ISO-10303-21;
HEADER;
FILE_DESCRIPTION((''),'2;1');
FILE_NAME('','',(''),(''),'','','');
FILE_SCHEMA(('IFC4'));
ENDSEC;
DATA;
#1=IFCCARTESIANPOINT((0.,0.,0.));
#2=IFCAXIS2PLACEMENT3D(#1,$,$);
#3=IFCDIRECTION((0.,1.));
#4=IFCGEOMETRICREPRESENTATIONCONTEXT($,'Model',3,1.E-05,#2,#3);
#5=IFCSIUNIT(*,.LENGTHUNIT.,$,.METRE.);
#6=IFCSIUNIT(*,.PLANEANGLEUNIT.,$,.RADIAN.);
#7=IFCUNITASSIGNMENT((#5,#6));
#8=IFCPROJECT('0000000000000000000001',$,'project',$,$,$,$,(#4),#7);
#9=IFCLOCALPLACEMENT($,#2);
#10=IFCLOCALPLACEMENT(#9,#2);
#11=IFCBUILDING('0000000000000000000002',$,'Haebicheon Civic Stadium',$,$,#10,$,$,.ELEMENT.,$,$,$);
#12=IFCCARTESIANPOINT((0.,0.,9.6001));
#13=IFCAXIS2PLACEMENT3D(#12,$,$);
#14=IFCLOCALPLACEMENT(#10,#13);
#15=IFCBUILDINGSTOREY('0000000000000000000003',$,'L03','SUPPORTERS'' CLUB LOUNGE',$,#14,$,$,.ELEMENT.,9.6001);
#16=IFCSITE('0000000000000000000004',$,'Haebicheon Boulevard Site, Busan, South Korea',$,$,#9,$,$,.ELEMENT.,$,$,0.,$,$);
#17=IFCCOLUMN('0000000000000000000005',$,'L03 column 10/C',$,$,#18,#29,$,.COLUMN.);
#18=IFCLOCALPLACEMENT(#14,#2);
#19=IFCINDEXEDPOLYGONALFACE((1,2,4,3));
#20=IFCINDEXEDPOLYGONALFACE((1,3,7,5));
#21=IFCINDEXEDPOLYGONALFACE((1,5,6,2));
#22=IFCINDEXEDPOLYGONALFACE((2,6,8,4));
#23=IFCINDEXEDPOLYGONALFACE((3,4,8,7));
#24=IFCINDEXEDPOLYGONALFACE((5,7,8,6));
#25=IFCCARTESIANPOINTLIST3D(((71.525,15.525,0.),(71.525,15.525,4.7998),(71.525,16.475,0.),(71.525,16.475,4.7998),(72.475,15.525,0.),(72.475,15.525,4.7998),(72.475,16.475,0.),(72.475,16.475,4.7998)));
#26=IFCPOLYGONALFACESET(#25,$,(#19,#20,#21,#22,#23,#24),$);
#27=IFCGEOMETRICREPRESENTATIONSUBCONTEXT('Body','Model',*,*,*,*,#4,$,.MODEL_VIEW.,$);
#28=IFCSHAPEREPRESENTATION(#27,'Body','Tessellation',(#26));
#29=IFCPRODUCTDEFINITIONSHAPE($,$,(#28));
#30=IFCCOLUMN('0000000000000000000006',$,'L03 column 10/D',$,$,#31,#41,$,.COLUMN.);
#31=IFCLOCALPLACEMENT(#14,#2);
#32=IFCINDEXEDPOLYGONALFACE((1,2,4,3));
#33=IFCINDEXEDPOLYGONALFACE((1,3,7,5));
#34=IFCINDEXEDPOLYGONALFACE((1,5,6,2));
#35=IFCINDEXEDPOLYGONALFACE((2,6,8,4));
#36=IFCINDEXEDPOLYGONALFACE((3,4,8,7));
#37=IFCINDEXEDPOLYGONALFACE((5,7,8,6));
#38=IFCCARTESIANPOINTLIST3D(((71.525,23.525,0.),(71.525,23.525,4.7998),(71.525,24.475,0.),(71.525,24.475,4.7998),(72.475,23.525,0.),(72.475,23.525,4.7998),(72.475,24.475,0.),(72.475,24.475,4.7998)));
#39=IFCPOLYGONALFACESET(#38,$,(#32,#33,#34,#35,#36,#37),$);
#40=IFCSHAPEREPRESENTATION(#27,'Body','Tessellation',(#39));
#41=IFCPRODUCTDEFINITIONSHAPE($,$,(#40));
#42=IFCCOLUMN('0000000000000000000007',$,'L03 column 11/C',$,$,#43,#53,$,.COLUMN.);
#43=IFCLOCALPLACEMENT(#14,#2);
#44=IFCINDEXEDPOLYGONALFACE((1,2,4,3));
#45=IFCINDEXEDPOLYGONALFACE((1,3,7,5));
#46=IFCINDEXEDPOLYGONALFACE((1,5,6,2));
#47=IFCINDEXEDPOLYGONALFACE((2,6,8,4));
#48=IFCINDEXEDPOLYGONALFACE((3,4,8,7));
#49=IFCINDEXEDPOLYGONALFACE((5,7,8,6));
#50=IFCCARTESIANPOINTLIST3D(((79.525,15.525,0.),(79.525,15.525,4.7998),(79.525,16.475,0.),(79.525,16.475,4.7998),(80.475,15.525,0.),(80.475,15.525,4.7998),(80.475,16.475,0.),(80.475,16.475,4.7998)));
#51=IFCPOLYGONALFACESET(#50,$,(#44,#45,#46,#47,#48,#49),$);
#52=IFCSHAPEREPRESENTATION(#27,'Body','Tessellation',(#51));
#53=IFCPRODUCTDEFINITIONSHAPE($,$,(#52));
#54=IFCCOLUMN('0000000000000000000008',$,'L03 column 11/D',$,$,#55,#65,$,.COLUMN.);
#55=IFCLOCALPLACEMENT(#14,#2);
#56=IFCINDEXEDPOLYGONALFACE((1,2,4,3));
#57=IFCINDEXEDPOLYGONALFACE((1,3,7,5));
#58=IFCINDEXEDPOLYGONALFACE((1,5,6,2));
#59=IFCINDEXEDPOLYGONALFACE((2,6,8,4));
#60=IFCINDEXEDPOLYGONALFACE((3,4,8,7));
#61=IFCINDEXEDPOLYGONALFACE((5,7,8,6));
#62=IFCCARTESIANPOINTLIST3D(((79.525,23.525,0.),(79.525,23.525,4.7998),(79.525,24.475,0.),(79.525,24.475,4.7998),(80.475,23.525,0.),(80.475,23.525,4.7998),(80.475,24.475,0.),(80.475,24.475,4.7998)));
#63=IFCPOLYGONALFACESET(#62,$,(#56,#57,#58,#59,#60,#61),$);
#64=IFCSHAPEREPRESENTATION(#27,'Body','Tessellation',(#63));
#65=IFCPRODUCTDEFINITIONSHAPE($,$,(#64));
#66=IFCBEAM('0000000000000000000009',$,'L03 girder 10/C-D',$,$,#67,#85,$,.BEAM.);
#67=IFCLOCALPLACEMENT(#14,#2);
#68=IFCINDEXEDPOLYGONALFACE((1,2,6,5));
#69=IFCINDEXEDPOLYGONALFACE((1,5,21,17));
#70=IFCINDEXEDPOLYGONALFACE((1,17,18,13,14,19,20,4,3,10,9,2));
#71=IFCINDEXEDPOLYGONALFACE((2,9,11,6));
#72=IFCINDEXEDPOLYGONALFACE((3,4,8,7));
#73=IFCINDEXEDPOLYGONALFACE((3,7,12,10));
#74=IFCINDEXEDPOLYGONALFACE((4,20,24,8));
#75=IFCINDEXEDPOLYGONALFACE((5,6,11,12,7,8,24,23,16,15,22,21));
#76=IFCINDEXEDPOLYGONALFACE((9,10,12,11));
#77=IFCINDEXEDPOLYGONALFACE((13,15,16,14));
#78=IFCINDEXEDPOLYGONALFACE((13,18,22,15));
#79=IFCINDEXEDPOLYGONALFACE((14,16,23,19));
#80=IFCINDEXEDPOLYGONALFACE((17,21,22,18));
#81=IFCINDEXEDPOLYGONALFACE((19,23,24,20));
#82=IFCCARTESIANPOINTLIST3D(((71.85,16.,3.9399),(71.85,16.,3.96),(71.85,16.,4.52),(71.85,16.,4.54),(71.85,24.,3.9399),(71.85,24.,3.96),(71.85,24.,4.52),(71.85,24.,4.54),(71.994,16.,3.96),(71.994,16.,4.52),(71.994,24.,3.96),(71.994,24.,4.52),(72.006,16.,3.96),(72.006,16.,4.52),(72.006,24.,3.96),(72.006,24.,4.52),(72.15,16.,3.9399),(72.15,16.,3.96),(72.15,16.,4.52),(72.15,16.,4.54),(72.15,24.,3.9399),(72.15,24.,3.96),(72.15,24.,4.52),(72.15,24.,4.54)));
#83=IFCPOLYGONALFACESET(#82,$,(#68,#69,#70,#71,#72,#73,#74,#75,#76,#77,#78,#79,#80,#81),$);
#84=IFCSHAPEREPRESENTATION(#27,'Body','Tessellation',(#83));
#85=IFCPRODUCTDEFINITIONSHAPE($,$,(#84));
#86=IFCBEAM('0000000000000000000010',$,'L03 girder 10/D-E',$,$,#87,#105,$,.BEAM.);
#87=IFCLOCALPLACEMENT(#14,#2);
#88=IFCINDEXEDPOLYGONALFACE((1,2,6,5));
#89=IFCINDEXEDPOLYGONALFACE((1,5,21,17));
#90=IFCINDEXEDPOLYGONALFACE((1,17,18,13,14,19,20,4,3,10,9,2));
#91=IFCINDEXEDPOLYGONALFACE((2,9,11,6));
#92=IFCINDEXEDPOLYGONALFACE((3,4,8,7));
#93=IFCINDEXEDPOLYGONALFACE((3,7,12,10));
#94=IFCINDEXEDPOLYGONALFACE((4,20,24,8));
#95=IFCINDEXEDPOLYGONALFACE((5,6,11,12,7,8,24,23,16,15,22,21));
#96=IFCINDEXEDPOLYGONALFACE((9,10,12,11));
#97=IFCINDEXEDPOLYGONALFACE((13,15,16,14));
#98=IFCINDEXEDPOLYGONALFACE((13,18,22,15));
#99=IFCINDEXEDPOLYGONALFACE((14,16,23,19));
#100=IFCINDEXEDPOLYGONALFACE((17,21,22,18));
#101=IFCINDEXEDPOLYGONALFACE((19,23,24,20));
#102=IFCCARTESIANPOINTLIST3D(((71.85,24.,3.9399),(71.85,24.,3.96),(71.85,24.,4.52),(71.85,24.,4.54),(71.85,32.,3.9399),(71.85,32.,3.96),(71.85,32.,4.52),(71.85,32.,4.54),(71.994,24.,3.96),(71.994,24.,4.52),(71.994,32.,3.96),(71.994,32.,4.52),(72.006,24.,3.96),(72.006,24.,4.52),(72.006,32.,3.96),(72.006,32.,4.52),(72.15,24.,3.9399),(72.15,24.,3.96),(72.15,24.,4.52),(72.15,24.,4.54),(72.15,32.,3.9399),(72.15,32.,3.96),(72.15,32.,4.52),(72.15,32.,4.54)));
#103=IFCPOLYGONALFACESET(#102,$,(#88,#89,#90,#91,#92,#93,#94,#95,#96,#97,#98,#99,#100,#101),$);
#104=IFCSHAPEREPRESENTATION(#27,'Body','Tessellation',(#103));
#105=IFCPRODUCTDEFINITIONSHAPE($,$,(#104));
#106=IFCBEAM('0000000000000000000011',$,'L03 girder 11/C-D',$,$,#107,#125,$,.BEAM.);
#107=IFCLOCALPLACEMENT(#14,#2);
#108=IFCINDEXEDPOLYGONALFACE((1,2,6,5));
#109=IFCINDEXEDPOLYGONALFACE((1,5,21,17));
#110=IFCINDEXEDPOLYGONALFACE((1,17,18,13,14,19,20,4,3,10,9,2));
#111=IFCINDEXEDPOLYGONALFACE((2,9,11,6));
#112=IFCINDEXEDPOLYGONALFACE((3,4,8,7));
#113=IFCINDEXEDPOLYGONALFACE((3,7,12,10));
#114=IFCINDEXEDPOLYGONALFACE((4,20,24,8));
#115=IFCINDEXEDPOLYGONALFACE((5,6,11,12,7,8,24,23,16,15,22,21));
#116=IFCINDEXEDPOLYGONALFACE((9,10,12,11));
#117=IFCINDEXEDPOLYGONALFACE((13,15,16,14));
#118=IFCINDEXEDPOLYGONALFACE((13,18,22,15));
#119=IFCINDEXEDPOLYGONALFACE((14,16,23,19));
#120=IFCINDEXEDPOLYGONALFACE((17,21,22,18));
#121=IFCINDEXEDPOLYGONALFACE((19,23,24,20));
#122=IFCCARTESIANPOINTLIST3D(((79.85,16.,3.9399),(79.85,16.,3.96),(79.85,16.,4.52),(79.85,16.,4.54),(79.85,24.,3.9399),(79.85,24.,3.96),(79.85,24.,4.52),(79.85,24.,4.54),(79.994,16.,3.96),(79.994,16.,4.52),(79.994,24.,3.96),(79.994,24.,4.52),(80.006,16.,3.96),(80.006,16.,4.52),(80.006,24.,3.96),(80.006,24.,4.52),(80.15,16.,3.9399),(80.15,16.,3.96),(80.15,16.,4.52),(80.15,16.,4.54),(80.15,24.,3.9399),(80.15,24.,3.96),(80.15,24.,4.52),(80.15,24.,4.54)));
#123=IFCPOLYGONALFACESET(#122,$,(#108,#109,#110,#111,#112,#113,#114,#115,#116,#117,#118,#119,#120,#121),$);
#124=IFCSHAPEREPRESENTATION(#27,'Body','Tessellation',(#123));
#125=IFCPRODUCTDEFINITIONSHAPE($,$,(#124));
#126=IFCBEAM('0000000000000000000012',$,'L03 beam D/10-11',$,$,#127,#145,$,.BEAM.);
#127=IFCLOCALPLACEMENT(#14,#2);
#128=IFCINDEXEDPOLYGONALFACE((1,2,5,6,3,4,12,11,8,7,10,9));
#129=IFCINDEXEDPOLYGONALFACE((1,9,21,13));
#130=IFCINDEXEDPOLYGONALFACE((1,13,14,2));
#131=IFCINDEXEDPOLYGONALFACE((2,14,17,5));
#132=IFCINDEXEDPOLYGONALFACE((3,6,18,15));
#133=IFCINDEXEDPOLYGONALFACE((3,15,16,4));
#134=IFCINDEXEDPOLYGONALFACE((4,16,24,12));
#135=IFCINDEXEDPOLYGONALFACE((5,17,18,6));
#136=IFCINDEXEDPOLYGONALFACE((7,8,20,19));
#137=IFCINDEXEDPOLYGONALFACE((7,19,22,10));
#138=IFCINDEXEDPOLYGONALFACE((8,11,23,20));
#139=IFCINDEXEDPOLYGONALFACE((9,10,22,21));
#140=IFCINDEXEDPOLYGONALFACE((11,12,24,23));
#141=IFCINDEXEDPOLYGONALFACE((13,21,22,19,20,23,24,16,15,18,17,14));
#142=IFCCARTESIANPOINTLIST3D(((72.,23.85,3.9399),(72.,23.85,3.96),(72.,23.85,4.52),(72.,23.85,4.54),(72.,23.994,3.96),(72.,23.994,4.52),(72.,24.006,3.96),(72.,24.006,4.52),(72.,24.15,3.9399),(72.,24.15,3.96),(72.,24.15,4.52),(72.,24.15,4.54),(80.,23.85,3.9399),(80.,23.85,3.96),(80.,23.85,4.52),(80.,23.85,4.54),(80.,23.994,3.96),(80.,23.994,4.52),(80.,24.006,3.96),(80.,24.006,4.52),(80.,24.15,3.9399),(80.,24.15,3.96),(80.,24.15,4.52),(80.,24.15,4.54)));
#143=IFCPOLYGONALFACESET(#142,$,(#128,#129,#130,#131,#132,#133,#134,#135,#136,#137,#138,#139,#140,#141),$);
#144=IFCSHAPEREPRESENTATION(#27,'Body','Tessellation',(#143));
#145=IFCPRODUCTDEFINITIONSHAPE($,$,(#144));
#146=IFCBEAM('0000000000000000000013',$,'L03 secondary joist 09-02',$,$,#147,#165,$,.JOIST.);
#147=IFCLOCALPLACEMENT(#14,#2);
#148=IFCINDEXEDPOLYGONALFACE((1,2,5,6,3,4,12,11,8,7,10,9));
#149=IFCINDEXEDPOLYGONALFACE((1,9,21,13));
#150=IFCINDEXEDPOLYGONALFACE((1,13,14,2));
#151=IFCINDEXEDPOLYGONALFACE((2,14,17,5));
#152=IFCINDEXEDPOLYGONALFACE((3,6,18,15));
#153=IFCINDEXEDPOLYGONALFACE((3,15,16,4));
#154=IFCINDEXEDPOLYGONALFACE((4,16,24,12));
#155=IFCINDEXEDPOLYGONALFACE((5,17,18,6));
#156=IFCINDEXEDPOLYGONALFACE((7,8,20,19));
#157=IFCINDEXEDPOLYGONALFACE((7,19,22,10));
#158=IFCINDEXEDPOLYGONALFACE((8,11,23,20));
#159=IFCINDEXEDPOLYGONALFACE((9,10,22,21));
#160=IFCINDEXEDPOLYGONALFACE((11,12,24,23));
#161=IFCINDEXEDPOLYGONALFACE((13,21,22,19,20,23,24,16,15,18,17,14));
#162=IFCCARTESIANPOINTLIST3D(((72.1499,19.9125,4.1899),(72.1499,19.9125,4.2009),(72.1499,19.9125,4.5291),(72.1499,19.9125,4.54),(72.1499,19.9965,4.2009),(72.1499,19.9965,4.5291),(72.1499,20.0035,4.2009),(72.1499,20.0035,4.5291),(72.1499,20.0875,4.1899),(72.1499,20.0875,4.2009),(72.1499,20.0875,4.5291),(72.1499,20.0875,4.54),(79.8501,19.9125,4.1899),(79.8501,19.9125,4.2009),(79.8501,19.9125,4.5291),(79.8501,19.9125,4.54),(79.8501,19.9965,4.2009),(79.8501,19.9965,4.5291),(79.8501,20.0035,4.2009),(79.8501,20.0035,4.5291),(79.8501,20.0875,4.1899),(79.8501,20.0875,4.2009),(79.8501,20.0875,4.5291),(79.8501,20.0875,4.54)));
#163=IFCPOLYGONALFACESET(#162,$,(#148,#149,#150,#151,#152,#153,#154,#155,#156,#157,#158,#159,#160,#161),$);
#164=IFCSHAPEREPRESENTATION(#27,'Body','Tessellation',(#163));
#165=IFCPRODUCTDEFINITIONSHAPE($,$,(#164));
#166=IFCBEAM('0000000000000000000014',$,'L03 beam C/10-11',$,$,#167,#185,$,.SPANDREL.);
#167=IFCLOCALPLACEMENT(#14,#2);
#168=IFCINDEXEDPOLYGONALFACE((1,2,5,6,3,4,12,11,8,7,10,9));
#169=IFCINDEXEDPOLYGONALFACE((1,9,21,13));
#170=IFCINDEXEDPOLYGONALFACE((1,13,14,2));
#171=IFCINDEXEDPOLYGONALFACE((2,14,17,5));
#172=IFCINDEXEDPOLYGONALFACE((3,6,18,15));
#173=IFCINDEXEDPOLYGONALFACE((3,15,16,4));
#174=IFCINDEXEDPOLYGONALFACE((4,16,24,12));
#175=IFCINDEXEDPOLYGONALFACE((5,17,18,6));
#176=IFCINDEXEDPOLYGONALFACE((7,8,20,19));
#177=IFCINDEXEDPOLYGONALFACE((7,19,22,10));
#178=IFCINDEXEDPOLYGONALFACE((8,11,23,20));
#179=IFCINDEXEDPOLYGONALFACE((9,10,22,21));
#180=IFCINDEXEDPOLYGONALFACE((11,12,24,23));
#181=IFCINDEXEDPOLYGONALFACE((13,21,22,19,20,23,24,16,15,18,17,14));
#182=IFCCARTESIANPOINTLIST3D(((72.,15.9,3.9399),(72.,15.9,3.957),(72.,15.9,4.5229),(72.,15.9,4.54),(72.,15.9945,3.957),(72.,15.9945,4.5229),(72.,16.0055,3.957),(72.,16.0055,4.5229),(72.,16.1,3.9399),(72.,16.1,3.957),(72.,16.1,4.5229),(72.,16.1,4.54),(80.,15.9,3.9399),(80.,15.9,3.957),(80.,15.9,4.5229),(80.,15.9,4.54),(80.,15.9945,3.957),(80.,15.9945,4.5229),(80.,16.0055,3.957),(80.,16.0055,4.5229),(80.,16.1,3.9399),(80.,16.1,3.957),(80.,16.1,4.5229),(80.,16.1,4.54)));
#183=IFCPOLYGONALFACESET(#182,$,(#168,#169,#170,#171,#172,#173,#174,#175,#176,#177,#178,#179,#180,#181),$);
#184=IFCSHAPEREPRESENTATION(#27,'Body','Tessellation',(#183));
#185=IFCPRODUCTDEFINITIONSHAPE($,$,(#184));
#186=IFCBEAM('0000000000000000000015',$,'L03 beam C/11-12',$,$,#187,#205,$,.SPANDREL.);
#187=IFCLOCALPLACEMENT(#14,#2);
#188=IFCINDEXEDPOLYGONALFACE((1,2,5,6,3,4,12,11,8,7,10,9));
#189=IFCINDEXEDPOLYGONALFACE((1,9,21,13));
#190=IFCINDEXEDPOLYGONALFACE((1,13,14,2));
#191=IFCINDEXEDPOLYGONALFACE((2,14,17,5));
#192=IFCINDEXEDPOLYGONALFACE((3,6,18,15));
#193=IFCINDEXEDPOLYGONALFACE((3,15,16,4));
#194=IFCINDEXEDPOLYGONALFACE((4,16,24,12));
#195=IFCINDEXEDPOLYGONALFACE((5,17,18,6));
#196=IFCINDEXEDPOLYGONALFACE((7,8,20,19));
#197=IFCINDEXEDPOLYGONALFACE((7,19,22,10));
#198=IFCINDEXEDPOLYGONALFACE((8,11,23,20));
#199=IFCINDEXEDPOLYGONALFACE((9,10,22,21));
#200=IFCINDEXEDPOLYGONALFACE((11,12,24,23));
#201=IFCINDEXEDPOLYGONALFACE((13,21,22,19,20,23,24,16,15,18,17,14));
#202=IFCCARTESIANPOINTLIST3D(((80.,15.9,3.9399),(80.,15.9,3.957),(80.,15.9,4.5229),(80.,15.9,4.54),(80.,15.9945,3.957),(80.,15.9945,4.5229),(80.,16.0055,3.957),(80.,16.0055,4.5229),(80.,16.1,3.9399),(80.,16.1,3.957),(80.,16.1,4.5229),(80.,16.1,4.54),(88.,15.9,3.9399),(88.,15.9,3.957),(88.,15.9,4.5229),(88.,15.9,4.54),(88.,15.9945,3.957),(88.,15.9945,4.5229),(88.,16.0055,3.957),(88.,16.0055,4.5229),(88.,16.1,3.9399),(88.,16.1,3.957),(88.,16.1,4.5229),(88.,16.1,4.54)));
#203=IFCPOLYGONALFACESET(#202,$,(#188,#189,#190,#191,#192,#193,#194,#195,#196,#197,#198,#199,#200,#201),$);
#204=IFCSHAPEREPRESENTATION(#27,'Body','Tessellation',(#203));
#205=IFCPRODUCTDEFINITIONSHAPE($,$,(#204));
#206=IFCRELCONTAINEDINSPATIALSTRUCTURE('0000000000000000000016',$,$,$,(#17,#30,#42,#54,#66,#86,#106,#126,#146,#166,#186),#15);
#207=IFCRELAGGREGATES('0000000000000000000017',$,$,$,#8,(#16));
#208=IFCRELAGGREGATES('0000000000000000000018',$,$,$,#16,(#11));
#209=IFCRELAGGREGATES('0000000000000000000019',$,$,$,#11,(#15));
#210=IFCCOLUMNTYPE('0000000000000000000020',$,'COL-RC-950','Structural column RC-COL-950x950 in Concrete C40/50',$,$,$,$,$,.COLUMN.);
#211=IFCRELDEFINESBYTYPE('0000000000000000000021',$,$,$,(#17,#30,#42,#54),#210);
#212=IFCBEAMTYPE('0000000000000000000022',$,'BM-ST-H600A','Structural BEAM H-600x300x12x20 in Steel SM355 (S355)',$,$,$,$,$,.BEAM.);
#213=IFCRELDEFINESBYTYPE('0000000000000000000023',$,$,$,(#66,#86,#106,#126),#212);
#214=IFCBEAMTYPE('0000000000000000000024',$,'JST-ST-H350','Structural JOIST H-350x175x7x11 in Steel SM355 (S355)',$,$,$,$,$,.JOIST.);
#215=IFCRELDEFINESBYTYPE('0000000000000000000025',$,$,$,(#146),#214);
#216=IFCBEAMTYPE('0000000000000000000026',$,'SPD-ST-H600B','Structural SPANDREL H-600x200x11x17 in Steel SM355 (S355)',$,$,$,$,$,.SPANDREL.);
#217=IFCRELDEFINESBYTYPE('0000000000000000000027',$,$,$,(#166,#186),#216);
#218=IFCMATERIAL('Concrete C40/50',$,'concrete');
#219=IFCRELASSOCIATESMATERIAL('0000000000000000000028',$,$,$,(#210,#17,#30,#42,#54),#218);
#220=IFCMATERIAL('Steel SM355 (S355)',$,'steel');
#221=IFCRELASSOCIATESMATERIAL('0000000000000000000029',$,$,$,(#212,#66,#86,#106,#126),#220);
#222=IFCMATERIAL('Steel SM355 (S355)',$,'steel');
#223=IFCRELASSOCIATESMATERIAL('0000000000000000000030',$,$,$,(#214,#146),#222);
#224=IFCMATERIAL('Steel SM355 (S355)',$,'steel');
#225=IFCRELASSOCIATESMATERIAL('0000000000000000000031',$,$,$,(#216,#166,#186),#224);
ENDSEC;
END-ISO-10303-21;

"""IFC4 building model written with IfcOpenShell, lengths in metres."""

from ifc_helpers import new_model, si_unit, direction, frame, origin, origin_2d, place, context, subcontext, project, spatial, rectangle, i_section, extrude, material, material_profile, profile_set, type_object, element, save


model = new_model("IFC4")

# Units and contexts
model_context = context("Model", 3, precision=1e-05, world=origin(), true_north=direction((0.0, 1.0)))
body_context = subcontext(model_context, "Body", "Model", "MODEL_VIEW")
ifc_project = project(units=[si_unit("LENGTHUNIT", "METRE"), si_unit("PLANEANGLEUNIT", "RADIAN")], contexts=[model_context])

# Site, building, storey
site_placement = place(None, origin())
site = spatial("IfcSite", under=ifc_project, at=site_placement, Name="Haebicheon Boulevard Site, Busan, South Korea", CompositionType="ELEMENT", RefElevation=0.0)
building_placement = place(site_placement, origin())
building = spatial("IfcBuilding", under=site, at=building_placement, Name="Haebicheon Civic Stadium", CompositionType="ELEMENT")
storey_placement = place(building_placement, frame((0.0, 0.0, 9.6001)))
storey = spatial("IfcBuildingStorey", under=building, at=storey_placement, Name="L03", Description="SUPPORTERS' CLUB LOUNGE", CompositionType="ELEMENT", Elevation=9.6001)

# Columns
ifc_material_1 = material(Name="Concrete C40/50", Category="concrete")
ifc_material_profile_1 = material_profile(ifc_material_1, rectangle(XDim=0.95, YDim=0.95, at=origin_2d()), Name="RC-COL-950x950")
ifc_profile_set_1 = profile_set([ifc_material_profile_1], Name="Concrete C40/50")
column_type = type_object("IfcColumnType", Name="COL-RC-950", Description="Structural column RC-COL-950x950 in Concrete C40/50", PredefinedType="COLUMN", material=ifc_profile_set_1)
for number, where, z_axis, x_axis, name in (
    (1, (72.0, 16.0, 0.0), (0.0, 0.0, 1.0), (1.0, 0.0, 0.0), "L03 column 10/C"),
    (2, (72.0, 24.0, 0.0), (0.0, 0.0, 1.0), (1.0, 0.0, 0.0), "L03 column 10/D"),
    (3, (80.0, 16.0, 0.0), (0.0, 0.0, 1.0), (1.0, 0.0, 0.0), "L03 column 11/C"),
    (4, (80.0, 24.0, 0.0), (0.0, 0.0, 1.0), (1.0, 0.0, 0.0), "L03 column 11/D"),
):
    element("IfcColumn", number, at=place(storey_placement, frame(where, z_axis=z_axis, x_axis=x_axis)), inside=storey, type_object=column_type, material=ifc_profile_set_1, Name=name, PredefinedType="COLUMN", context=body_context, shape_type="SweptSolid", body=[
        extrude(rectangle(XDim=0.95, YDim=0.95, at=origin_2d()), origin(), (0.0, 0.0, 1.0), 4.7998),
    ])

# Beams
ifc_material_2 = material(Name="Steel SM355 (S355)", Category="steel")
ifc_material_profile_2 = material_profile(ifc_material_2, i_section(OverallWidth=0.3, OverallDepth=0.6001, WebThickness=0.012, FlangeThickness=0.02, at=origin_2d()), Name="H-600x300x12x20")
ifc_profile_set_2 = profile_set([ifc_material_profile_2], Name="Steel SM355 (S355)")
beam_type_1 = type_object("IfcBeamType", Name="BM-ST-H600A", Description="Structural BEAM H-600x300x12x20 in Steel SM355 (S355)", PredefinedType="BEAM", material=ifc_profile_set_2)
for number, where, z_axis, x_axis, name in (
    (5, (72.0, 16.0, 4.24), (0.0, 1.0, 0.0), (-1.0, 0.0, 0.0), "L03 girder 10/C-D"),
    (6, (72.0, 24.0, 4.24), (0.0, 1.0, 0.0), (-1.0, 0.0, 0.0), "L03 girder 10/D-E"),
    (7, (80.0, 16.0, 4.24), (0.0, 1.0, 0.0), (-1.0, 0.0, 0.0), "L03 girder 11/C-D"),
    (8, (72.0, 24.0, 4.24), (1.0, 0.0, 0.0), (0.0, 1.0, 0.0), "L03 beam D/10-11"),
):
    element("IfcBeam", number, at=place(storey_placement, frame(where, z_axis=z_axis, x_axis=x_axis)), inside=storey, type_object=beam_type_1, material=ifc_profile_set_2, Name=name, PredefinedType="BEAM", context=body_context, shape_type="SweptSolid", body=[
        extrude(i_section(OverallWidth=0.3, OverallDepth=0.6001, WebThickness=0.012, FlangeThickness=0.02, at=origin_2d()), origin(), (0.0, 0.0, 1.0), 8.0),
    ])
ifc_material_3 = material(Name="Steel SM355 (S355)", Category="steel")
ifc_material_profile_3 = material_profile(ifc_material_3, i_section(OverallWidth=0.175, OverallDepth=0.3501, WebThickness=0.0071, FlangeThickness=0.011, at=origin_2d()), Name="H-350x175x7x11")
ifc_profile_set_3 = profile_set([ifc_material_profile_3], Name="Steel SM355 (S355)")
beam_type_2 = type_object("IfcBeamType", Name="JST-ST-H350", Description="Structural JOIST H-350x175x7x11 in Steel SM355 (S355)", PredefinedType="JOIST", material=ifc_profile_set_3)
beam_placement = place(storey_placement, frame((72.1499, 20.0, 4.365), z_axis=(1.0, 0.0, 0.0), x_axis=(0.0, 1.0, 0.0)))
element("IfcBeam", 9, at=beam_placement, inside=storey, type_object=beam_type_2, material=ifc_profile_set_3, Name="L03 secondary joist 09-02", PredefinedType="JOIST", context=body_context, shape_type="SweptSolid", body=[
    extrude(i_section(OverallWidth=0.175, OverallDepth=0.3501, WebThickness=0.0071, FlangeThickness=0.011, at=origin_2d()), origin(), (0.0, 0.0, 1.0), 7.7002),
])
ifc_material_4 = material(Name="Steel SM355 (S355)", Category="steel")
ifc_material_profile_4 = material_profile(ifc_material_4, i_section(OverallWidth=0.2, OverallDepth=0.6001, WebThickness=0.011, FlangeThickness=0.0171, at=origin_2d()), Name="H-600x200x11x17")
ifc_profile_set_4 = profile_set([ifc_material_profile_4], Name="Steel SM355 (S355)")
beam_type_3 = type_object("IfcBeamType", Name="SPD-ST-H600B", Description="Structural SPANDREL H-600x200x11x17 in Steel SM355 (S355)", PredefinedType="SPANDREL", material=ifc_profile_set_4)
for number, where, z_axis, x_axis, name in (
    (10, (72.0, 16.0, 4.24), (1.0, 0.0, 0.0), (0.0, 1.0, 0.0), "L03 beam C/10-11"),
    (11, (80.0, 16.0, 4.24), (1.0, 0.0, 0.0), (0.0, 1.0, 0.0), "L03 beam C/11-12"),
):
    element("IfcBeam", number, at=place(storey_placement, frame(where, z_axis=z_axis, x_axis=x_axis)), inside=storey, type_object=beam_type_3, material=ifc_profile_set_4, Name=name, PredefinedType="SPANDREL", context=body_context, shape_type="SweptSolid", body=[
        extrude(i_section(OverallWidth=0.2, OverallDepth=0.6001, WebThickness=0.011, FlangeThickness=0.0171, at=origin_2d()), origin(), (0.0, 0.0, 1.0), 8.0),
    ])

save(model, "model.ifc")
